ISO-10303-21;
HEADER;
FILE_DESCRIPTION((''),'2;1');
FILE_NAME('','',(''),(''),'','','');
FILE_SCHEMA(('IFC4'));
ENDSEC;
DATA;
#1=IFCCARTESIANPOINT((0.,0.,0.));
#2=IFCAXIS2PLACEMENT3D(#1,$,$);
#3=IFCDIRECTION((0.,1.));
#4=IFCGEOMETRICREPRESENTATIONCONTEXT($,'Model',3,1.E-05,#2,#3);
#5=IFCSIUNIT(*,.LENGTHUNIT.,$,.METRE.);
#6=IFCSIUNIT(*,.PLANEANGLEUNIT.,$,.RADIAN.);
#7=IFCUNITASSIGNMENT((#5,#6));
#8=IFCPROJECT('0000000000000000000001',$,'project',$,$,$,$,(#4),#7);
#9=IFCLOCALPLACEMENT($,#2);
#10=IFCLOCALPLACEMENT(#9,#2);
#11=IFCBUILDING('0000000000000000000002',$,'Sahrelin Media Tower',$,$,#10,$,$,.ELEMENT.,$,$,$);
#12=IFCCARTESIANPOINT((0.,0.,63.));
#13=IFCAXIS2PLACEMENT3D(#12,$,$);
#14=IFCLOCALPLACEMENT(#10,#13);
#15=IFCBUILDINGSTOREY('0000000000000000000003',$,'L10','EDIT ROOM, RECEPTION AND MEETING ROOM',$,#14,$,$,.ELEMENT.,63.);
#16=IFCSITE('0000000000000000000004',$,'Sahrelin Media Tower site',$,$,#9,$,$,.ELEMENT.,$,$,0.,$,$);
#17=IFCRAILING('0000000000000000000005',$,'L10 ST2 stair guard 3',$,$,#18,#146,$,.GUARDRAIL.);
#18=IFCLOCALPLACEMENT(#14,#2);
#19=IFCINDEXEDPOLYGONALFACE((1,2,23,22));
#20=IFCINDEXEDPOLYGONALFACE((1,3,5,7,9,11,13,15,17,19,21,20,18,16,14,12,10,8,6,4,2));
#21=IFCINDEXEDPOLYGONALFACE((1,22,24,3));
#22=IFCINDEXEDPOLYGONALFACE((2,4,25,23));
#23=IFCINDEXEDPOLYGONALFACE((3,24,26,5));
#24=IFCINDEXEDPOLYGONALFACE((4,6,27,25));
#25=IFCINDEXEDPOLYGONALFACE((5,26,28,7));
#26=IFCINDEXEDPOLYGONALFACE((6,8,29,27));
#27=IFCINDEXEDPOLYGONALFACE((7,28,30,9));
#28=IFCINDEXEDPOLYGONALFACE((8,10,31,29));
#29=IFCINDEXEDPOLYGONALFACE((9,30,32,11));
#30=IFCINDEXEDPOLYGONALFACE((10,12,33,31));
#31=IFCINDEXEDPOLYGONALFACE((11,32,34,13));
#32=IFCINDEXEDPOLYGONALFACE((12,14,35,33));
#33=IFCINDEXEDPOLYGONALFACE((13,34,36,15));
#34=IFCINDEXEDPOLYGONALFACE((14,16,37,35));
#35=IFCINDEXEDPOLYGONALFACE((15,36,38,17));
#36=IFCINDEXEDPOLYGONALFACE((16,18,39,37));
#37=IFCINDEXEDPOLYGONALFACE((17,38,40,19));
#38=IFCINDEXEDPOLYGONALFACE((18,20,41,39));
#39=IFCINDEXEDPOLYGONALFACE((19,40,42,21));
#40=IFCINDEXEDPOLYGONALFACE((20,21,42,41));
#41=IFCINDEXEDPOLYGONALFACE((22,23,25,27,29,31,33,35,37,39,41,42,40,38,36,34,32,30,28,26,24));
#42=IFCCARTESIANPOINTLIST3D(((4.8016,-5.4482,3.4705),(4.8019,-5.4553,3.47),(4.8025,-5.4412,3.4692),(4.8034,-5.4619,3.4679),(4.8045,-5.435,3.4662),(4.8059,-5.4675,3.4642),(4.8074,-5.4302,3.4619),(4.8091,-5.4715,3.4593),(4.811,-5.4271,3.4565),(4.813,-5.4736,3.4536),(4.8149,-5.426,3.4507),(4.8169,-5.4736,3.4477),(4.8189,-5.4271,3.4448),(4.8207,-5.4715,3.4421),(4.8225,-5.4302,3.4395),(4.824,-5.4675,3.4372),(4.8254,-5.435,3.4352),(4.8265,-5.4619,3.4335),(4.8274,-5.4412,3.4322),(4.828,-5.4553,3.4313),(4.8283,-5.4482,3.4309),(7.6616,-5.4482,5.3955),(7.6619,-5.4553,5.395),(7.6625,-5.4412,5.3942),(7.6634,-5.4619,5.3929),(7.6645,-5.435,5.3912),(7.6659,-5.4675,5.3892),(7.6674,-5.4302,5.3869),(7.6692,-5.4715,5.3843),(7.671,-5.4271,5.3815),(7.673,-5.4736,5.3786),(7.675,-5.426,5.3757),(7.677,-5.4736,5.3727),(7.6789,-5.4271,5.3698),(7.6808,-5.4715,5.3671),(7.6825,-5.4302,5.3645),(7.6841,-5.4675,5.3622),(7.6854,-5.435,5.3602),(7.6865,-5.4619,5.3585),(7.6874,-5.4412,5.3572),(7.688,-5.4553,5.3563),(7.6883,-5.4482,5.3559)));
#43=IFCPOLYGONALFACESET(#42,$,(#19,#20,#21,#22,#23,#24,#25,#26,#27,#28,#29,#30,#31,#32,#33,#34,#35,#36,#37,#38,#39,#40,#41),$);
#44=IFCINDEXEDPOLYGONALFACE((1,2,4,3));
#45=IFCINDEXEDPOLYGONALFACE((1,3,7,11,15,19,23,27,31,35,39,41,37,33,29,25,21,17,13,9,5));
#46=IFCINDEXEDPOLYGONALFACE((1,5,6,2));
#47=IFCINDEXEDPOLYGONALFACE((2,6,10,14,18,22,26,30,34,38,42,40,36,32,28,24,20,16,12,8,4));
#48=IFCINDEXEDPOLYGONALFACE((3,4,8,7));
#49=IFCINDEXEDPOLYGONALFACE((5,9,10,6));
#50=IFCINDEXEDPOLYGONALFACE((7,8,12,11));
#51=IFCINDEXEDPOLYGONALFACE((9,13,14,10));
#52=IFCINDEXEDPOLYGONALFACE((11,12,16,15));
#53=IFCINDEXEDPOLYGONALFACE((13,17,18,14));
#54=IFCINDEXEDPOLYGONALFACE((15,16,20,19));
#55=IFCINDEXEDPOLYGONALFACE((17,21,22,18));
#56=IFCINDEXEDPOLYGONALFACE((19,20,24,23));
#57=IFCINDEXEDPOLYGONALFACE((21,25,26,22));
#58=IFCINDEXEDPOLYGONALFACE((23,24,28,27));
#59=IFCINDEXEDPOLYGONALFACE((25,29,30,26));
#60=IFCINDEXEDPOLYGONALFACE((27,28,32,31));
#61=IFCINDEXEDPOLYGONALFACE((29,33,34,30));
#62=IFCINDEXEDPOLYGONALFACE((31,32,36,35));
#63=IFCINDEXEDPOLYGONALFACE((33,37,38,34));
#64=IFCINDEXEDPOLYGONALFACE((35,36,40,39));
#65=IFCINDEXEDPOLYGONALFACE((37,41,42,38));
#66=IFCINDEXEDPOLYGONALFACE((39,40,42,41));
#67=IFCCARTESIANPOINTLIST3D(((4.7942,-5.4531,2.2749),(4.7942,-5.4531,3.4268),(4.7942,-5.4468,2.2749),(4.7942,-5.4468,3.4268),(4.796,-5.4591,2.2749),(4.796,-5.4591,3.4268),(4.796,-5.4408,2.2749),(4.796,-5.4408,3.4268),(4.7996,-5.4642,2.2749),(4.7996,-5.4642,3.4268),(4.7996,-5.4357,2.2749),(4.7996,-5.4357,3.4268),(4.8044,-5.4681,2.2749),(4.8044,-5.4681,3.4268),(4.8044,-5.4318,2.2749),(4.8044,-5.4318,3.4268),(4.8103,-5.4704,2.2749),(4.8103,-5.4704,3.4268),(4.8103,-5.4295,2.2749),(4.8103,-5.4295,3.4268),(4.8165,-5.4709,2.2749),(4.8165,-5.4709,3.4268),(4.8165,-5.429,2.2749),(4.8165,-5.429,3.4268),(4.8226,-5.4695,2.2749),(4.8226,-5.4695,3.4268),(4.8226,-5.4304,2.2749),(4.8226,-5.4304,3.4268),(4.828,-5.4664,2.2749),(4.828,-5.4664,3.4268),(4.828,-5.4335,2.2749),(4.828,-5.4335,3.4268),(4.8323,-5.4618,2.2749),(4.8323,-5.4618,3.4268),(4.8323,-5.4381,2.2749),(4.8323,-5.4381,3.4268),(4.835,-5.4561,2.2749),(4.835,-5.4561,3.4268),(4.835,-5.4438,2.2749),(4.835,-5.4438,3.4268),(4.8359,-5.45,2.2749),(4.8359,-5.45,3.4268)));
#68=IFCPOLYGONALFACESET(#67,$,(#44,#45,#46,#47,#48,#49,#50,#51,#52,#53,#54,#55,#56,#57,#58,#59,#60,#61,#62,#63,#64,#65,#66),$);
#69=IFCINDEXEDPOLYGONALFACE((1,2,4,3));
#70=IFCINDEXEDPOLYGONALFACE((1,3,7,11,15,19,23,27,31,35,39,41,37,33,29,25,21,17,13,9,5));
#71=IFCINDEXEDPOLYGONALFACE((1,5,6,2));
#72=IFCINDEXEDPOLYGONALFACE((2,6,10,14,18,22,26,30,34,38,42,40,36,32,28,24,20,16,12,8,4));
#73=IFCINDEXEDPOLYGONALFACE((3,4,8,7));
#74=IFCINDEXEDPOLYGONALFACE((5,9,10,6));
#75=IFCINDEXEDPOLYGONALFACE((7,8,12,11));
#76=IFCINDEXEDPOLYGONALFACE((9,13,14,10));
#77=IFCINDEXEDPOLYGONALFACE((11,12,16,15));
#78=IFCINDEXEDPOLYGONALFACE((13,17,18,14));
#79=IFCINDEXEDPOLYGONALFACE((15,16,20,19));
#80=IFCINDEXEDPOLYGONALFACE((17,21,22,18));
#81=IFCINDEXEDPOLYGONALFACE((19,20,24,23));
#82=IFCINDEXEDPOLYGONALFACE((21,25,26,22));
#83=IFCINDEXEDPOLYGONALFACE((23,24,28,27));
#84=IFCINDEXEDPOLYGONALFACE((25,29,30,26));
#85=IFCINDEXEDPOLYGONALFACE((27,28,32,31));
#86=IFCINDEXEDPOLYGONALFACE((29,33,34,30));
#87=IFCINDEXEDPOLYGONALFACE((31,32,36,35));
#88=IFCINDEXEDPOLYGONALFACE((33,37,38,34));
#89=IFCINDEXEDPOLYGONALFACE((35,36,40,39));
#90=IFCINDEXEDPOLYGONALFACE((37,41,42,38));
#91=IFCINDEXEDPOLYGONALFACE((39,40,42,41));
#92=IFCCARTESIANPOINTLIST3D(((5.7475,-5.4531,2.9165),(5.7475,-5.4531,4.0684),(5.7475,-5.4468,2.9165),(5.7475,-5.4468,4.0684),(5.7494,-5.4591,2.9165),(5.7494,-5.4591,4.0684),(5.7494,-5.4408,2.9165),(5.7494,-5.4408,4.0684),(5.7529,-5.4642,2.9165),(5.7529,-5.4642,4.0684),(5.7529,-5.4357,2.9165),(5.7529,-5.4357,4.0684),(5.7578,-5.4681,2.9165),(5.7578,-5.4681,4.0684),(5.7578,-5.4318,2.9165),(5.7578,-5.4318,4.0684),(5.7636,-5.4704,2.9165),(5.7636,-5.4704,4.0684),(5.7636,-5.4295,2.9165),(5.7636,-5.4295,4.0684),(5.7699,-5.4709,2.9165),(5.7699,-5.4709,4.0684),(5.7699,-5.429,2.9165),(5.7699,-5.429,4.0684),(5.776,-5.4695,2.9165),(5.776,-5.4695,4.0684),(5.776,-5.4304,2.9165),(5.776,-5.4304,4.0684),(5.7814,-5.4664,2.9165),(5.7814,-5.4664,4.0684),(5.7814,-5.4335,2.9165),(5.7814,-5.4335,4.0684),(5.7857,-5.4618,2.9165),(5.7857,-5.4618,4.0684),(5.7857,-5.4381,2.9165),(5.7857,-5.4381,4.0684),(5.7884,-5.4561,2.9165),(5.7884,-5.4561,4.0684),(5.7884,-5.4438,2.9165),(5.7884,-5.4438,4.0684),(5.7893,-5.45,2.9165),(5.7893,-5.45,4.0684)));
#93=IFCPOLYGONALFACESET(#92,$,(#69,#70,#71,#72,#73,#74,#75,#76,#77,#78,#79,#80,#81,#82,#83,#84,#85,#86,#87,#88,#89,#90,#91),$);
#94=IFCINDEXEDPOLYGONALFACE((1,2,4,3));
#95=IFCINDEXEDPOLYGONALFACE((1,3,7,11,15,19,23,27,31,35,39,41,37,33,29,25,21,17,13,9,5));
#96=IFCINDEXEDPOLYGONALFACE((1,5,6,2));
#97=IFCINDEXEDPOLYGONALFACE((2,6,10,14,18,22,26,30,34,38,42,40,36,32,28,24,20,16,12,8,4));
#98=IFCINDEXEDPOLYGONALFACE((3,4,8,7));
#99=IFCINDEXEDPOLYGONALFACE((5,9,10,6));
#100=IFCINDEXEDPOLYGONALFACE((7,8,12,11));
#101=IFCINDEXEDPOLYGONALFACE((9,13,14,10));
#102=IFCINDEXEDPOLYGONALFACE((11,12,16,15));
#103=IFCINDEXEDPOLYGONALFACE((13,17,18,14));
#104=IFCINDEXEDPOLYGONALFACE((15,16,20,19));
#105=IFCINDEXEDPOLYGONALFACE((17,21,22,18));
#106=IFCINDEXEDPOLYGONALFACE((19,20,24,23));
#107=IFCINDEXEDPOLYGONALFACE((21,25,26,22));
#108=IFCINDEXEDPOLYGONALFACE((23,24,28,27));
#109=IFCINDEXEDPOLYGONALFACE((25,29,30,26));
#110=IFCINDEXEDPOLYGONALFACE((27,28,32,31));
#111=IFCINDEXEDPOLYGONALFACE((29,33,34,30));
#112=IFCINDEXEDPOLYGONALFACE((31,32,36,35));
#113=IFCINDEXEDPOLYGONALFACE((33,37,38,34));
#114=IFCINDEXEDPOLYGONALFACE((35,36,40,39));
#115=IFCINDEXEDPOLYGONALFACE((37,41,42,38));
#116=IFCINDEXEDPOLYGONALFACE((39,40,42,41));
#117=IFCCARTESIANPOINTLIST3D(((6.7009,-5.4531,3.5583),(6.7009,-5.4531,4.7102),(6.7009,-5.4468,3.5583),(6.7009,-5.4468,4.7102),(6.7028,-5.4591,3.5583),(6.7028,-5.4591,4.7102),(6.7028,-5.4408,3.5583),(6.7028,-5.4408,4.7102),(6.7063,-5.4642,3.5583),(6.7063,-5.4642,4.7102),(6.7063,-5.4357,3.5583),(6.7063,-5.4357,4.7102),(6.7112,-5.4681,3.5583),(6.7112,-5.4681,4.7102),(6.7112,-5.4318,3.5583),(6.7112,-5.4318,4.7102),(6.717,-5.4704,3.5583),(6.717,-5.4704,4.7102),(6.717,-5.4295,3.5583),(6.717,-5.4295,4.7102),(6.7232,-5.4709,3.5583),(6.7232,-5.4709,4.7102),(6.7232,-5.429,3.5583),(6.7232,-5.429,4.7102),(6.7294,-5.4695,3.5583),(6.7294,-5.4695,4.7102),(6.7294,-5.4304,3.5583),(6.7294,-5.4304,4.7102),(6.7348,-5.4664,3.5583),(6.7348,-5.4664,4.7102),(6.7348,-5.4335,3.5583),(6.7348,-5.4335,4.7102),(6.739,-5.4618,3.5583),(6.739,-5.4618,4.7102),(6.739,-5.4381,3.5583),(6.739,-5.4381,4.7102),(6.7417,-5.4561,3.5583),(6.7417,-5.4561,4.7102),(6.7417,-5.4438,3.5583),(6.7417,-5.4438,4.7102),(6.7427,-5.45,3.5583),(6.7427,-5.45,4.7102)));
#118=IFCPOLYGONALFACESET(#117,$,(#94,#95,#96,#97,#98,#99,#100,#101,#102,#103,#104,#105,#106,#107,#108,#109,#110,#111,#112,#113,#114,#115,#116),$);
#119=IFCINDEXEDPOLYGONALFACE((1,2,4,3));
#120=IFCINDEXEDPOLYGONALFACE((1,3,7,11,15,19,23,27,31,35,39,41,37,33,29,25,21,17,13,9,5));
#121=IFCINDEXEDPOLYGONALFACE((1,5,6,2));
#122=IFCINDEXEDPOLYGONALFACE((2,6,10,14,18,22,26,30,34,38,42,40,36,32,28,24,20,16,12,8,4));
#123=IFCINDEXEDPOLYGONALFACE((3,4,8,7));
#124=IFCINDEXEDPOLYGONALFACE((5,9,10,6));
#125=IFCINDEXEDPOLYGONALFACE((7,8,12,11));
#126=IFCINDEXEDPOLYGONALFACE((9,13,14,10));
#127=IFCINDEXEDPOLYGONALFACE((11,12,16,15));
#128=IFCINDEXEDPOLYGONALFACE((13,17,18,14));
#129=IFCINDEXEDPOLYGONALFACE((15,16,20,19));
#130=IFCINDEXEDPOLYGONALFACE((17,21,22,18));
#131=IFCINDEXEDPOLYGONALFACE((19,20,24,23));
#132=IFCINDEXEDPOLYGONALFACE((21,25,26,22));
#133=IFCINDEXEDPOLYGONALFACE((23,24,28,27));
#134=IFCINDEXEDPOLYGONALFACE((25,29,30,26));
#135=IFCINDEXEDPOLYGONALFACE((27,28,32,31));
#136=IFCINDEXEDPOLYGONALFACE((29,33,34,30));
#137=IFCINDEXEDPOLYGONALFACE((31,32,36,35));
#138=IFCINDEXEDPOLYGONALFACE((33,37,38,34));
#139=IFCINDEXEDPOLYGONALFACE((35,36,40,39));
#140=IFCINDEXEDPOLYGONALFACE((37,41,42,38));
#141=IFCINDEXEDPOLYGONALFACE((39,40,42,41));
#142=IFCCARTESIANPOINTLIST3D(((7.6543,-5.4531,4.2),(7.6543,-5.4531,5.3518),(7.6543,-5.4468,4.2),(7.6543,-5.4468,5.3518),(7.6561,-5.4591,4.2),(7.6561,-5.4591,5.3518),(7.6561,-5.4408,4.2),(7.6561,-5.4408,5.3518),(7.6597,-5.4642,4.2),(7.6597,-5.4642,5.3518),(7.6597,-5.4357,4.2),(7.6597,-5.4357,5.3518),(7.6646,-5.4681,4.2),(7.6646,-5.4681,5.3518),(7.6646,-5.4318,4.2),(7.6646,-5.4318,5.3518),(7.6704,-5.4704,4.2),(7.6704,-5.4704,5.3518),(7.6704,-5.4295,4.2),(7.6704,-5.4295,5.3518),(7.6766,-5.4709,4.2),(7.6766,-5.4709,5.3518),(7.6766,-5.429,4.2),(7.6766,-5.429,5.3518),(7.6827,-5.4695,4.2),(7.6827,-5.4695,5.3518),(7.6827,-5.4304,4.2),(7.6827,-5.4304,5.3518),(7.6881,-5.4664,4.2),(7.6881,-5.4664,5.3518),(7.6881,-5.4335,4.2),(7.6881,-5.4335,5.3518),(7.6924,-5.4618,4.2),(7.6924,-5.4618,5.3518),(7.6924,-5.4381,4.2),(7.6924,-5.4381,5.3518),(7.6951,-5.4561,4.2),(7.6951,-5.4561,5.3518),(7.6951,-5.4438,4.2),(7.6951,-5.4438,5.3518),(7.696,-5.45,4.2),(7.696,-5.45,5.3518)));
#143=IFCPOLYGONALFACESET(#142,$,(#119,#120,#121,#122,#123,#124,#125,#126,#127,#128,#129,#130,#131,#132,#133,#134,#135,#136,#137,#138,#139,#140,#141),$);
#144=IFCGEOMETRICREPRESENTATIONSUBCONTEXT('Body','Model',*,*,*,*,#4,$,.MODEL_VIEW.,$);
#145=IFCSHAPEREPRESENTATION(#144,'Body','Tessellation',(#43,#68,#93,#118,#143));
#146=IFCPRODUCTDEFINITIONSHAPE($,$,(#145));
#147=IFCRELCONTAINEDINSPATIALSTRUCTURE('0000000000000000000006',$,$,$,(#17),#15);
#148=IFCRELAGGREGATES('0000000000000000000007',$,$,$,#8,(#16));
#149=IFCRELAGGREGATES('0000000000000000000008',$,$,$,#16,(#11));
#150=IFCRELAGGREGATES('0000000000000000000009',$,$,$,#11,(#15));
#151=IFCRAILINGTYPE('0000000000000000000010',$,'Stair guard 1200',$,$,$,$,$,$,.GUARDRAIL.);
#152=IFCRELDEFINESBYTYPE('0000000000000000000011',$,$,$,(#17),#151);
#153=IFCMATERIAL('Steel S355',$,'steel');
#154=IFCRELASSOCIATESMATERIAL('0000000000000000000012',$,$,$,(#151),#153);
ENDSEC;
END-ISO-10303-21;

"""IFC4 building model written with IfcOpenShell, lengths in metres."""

from ifc_helpers import new_model, si_unit, direction, frame, origin, origin_2d, place, context, subcontext, project, spatial, circle, extrude, material, type_object, element, save


model = new_model("IFC4")

# Units and contexts
model_context = context("Model", 3, precision=1e-05, world=origin(), true_north=direction((0.0, 1.0)))
body_context = subcontext(model_context, "Body", "Model", "MODEL_VIEW")
ifc_project = project(units=[si_unit("LENGTHUNIT", "METRE"), si_unit("PLANEANGLEUNIT", "RADIAN")], contexts=[model_context])

# Site, building, storey
site_placement = place(None, origin())
site = spatial("IfcSite", under=ifc_project, at=site_placement, Name="Sahrelin Media Tower site", CompositionType="ELEMENT", RefElevation=0.0)
building_placement = place(site_placement, origin())
building = spatial("IfcBuilding", under=site, at=building_placement, Name="Sahrelin Media Tower", CompositionType="ELEMENT")
storey_placement = place(building_placement, frame((0.0, 0.0, 63.0)))
storey = spatial("IfcBuildingStorey", under=building, at=storey_placement, Name="L10", Description="EDIT ROOM, RECEPTION AND MEETING ROOM", CompositionType="ELEMENT", Elevation=63.0)

# Shared definitions
ifc_material_1 = material(Name="Steel S355", Category="steel")

# Railing
railing_type_1 = type_object("IfcRailingType", Name="Stair guard 1200", PredefinedType="GUARDRAIL", material=ifc_material_1)
railing_1_placement = place(storey_placement, frame((4.8149, -5.45, 2.2749)))
element("IfcRailing", 1, at=railing_1_placement, inside=storey, type_object=railing_type_1, Name="L10 ST2 stair guard 3", PredefinedType="GUARDRAIL", context=body_context, shape_type="SweptSolid", body=[
    extrude(circle(Radius=0.0239, at=origin_2d()), frame((0.0, 0.0, 1.1758), z_axis=(0.829591, 0.0, 0.558372), x_axis=(0.0, 1.0, 0.0)), (0.0, 0.0, 1.0), 3.4475),
    extrude(circle(Radius=0.021, at=origin_2d()), origin(), (0.0, 0.0, 1.0), 1.1519),
    extrude(circle(Radius=0.021, at=origin_2d()), frame((0.9534, 0.0, 0.6416)), (0.0, 0.0, 1.0), 1.1519),
    extrude(circle(Radius=0.021, at=origin_2d()), frame((1.9067, 0.0, 1.2834)), (0.0, 0.0, 1.0), 1.1519),
    extrude(circle(Radius=0.021, at=origin_2d()), frame((2.8601, 0.0, 1.925)), (0.0, 0.0, 1.0), 1.1519),
])

save(model, "model.ifc")
